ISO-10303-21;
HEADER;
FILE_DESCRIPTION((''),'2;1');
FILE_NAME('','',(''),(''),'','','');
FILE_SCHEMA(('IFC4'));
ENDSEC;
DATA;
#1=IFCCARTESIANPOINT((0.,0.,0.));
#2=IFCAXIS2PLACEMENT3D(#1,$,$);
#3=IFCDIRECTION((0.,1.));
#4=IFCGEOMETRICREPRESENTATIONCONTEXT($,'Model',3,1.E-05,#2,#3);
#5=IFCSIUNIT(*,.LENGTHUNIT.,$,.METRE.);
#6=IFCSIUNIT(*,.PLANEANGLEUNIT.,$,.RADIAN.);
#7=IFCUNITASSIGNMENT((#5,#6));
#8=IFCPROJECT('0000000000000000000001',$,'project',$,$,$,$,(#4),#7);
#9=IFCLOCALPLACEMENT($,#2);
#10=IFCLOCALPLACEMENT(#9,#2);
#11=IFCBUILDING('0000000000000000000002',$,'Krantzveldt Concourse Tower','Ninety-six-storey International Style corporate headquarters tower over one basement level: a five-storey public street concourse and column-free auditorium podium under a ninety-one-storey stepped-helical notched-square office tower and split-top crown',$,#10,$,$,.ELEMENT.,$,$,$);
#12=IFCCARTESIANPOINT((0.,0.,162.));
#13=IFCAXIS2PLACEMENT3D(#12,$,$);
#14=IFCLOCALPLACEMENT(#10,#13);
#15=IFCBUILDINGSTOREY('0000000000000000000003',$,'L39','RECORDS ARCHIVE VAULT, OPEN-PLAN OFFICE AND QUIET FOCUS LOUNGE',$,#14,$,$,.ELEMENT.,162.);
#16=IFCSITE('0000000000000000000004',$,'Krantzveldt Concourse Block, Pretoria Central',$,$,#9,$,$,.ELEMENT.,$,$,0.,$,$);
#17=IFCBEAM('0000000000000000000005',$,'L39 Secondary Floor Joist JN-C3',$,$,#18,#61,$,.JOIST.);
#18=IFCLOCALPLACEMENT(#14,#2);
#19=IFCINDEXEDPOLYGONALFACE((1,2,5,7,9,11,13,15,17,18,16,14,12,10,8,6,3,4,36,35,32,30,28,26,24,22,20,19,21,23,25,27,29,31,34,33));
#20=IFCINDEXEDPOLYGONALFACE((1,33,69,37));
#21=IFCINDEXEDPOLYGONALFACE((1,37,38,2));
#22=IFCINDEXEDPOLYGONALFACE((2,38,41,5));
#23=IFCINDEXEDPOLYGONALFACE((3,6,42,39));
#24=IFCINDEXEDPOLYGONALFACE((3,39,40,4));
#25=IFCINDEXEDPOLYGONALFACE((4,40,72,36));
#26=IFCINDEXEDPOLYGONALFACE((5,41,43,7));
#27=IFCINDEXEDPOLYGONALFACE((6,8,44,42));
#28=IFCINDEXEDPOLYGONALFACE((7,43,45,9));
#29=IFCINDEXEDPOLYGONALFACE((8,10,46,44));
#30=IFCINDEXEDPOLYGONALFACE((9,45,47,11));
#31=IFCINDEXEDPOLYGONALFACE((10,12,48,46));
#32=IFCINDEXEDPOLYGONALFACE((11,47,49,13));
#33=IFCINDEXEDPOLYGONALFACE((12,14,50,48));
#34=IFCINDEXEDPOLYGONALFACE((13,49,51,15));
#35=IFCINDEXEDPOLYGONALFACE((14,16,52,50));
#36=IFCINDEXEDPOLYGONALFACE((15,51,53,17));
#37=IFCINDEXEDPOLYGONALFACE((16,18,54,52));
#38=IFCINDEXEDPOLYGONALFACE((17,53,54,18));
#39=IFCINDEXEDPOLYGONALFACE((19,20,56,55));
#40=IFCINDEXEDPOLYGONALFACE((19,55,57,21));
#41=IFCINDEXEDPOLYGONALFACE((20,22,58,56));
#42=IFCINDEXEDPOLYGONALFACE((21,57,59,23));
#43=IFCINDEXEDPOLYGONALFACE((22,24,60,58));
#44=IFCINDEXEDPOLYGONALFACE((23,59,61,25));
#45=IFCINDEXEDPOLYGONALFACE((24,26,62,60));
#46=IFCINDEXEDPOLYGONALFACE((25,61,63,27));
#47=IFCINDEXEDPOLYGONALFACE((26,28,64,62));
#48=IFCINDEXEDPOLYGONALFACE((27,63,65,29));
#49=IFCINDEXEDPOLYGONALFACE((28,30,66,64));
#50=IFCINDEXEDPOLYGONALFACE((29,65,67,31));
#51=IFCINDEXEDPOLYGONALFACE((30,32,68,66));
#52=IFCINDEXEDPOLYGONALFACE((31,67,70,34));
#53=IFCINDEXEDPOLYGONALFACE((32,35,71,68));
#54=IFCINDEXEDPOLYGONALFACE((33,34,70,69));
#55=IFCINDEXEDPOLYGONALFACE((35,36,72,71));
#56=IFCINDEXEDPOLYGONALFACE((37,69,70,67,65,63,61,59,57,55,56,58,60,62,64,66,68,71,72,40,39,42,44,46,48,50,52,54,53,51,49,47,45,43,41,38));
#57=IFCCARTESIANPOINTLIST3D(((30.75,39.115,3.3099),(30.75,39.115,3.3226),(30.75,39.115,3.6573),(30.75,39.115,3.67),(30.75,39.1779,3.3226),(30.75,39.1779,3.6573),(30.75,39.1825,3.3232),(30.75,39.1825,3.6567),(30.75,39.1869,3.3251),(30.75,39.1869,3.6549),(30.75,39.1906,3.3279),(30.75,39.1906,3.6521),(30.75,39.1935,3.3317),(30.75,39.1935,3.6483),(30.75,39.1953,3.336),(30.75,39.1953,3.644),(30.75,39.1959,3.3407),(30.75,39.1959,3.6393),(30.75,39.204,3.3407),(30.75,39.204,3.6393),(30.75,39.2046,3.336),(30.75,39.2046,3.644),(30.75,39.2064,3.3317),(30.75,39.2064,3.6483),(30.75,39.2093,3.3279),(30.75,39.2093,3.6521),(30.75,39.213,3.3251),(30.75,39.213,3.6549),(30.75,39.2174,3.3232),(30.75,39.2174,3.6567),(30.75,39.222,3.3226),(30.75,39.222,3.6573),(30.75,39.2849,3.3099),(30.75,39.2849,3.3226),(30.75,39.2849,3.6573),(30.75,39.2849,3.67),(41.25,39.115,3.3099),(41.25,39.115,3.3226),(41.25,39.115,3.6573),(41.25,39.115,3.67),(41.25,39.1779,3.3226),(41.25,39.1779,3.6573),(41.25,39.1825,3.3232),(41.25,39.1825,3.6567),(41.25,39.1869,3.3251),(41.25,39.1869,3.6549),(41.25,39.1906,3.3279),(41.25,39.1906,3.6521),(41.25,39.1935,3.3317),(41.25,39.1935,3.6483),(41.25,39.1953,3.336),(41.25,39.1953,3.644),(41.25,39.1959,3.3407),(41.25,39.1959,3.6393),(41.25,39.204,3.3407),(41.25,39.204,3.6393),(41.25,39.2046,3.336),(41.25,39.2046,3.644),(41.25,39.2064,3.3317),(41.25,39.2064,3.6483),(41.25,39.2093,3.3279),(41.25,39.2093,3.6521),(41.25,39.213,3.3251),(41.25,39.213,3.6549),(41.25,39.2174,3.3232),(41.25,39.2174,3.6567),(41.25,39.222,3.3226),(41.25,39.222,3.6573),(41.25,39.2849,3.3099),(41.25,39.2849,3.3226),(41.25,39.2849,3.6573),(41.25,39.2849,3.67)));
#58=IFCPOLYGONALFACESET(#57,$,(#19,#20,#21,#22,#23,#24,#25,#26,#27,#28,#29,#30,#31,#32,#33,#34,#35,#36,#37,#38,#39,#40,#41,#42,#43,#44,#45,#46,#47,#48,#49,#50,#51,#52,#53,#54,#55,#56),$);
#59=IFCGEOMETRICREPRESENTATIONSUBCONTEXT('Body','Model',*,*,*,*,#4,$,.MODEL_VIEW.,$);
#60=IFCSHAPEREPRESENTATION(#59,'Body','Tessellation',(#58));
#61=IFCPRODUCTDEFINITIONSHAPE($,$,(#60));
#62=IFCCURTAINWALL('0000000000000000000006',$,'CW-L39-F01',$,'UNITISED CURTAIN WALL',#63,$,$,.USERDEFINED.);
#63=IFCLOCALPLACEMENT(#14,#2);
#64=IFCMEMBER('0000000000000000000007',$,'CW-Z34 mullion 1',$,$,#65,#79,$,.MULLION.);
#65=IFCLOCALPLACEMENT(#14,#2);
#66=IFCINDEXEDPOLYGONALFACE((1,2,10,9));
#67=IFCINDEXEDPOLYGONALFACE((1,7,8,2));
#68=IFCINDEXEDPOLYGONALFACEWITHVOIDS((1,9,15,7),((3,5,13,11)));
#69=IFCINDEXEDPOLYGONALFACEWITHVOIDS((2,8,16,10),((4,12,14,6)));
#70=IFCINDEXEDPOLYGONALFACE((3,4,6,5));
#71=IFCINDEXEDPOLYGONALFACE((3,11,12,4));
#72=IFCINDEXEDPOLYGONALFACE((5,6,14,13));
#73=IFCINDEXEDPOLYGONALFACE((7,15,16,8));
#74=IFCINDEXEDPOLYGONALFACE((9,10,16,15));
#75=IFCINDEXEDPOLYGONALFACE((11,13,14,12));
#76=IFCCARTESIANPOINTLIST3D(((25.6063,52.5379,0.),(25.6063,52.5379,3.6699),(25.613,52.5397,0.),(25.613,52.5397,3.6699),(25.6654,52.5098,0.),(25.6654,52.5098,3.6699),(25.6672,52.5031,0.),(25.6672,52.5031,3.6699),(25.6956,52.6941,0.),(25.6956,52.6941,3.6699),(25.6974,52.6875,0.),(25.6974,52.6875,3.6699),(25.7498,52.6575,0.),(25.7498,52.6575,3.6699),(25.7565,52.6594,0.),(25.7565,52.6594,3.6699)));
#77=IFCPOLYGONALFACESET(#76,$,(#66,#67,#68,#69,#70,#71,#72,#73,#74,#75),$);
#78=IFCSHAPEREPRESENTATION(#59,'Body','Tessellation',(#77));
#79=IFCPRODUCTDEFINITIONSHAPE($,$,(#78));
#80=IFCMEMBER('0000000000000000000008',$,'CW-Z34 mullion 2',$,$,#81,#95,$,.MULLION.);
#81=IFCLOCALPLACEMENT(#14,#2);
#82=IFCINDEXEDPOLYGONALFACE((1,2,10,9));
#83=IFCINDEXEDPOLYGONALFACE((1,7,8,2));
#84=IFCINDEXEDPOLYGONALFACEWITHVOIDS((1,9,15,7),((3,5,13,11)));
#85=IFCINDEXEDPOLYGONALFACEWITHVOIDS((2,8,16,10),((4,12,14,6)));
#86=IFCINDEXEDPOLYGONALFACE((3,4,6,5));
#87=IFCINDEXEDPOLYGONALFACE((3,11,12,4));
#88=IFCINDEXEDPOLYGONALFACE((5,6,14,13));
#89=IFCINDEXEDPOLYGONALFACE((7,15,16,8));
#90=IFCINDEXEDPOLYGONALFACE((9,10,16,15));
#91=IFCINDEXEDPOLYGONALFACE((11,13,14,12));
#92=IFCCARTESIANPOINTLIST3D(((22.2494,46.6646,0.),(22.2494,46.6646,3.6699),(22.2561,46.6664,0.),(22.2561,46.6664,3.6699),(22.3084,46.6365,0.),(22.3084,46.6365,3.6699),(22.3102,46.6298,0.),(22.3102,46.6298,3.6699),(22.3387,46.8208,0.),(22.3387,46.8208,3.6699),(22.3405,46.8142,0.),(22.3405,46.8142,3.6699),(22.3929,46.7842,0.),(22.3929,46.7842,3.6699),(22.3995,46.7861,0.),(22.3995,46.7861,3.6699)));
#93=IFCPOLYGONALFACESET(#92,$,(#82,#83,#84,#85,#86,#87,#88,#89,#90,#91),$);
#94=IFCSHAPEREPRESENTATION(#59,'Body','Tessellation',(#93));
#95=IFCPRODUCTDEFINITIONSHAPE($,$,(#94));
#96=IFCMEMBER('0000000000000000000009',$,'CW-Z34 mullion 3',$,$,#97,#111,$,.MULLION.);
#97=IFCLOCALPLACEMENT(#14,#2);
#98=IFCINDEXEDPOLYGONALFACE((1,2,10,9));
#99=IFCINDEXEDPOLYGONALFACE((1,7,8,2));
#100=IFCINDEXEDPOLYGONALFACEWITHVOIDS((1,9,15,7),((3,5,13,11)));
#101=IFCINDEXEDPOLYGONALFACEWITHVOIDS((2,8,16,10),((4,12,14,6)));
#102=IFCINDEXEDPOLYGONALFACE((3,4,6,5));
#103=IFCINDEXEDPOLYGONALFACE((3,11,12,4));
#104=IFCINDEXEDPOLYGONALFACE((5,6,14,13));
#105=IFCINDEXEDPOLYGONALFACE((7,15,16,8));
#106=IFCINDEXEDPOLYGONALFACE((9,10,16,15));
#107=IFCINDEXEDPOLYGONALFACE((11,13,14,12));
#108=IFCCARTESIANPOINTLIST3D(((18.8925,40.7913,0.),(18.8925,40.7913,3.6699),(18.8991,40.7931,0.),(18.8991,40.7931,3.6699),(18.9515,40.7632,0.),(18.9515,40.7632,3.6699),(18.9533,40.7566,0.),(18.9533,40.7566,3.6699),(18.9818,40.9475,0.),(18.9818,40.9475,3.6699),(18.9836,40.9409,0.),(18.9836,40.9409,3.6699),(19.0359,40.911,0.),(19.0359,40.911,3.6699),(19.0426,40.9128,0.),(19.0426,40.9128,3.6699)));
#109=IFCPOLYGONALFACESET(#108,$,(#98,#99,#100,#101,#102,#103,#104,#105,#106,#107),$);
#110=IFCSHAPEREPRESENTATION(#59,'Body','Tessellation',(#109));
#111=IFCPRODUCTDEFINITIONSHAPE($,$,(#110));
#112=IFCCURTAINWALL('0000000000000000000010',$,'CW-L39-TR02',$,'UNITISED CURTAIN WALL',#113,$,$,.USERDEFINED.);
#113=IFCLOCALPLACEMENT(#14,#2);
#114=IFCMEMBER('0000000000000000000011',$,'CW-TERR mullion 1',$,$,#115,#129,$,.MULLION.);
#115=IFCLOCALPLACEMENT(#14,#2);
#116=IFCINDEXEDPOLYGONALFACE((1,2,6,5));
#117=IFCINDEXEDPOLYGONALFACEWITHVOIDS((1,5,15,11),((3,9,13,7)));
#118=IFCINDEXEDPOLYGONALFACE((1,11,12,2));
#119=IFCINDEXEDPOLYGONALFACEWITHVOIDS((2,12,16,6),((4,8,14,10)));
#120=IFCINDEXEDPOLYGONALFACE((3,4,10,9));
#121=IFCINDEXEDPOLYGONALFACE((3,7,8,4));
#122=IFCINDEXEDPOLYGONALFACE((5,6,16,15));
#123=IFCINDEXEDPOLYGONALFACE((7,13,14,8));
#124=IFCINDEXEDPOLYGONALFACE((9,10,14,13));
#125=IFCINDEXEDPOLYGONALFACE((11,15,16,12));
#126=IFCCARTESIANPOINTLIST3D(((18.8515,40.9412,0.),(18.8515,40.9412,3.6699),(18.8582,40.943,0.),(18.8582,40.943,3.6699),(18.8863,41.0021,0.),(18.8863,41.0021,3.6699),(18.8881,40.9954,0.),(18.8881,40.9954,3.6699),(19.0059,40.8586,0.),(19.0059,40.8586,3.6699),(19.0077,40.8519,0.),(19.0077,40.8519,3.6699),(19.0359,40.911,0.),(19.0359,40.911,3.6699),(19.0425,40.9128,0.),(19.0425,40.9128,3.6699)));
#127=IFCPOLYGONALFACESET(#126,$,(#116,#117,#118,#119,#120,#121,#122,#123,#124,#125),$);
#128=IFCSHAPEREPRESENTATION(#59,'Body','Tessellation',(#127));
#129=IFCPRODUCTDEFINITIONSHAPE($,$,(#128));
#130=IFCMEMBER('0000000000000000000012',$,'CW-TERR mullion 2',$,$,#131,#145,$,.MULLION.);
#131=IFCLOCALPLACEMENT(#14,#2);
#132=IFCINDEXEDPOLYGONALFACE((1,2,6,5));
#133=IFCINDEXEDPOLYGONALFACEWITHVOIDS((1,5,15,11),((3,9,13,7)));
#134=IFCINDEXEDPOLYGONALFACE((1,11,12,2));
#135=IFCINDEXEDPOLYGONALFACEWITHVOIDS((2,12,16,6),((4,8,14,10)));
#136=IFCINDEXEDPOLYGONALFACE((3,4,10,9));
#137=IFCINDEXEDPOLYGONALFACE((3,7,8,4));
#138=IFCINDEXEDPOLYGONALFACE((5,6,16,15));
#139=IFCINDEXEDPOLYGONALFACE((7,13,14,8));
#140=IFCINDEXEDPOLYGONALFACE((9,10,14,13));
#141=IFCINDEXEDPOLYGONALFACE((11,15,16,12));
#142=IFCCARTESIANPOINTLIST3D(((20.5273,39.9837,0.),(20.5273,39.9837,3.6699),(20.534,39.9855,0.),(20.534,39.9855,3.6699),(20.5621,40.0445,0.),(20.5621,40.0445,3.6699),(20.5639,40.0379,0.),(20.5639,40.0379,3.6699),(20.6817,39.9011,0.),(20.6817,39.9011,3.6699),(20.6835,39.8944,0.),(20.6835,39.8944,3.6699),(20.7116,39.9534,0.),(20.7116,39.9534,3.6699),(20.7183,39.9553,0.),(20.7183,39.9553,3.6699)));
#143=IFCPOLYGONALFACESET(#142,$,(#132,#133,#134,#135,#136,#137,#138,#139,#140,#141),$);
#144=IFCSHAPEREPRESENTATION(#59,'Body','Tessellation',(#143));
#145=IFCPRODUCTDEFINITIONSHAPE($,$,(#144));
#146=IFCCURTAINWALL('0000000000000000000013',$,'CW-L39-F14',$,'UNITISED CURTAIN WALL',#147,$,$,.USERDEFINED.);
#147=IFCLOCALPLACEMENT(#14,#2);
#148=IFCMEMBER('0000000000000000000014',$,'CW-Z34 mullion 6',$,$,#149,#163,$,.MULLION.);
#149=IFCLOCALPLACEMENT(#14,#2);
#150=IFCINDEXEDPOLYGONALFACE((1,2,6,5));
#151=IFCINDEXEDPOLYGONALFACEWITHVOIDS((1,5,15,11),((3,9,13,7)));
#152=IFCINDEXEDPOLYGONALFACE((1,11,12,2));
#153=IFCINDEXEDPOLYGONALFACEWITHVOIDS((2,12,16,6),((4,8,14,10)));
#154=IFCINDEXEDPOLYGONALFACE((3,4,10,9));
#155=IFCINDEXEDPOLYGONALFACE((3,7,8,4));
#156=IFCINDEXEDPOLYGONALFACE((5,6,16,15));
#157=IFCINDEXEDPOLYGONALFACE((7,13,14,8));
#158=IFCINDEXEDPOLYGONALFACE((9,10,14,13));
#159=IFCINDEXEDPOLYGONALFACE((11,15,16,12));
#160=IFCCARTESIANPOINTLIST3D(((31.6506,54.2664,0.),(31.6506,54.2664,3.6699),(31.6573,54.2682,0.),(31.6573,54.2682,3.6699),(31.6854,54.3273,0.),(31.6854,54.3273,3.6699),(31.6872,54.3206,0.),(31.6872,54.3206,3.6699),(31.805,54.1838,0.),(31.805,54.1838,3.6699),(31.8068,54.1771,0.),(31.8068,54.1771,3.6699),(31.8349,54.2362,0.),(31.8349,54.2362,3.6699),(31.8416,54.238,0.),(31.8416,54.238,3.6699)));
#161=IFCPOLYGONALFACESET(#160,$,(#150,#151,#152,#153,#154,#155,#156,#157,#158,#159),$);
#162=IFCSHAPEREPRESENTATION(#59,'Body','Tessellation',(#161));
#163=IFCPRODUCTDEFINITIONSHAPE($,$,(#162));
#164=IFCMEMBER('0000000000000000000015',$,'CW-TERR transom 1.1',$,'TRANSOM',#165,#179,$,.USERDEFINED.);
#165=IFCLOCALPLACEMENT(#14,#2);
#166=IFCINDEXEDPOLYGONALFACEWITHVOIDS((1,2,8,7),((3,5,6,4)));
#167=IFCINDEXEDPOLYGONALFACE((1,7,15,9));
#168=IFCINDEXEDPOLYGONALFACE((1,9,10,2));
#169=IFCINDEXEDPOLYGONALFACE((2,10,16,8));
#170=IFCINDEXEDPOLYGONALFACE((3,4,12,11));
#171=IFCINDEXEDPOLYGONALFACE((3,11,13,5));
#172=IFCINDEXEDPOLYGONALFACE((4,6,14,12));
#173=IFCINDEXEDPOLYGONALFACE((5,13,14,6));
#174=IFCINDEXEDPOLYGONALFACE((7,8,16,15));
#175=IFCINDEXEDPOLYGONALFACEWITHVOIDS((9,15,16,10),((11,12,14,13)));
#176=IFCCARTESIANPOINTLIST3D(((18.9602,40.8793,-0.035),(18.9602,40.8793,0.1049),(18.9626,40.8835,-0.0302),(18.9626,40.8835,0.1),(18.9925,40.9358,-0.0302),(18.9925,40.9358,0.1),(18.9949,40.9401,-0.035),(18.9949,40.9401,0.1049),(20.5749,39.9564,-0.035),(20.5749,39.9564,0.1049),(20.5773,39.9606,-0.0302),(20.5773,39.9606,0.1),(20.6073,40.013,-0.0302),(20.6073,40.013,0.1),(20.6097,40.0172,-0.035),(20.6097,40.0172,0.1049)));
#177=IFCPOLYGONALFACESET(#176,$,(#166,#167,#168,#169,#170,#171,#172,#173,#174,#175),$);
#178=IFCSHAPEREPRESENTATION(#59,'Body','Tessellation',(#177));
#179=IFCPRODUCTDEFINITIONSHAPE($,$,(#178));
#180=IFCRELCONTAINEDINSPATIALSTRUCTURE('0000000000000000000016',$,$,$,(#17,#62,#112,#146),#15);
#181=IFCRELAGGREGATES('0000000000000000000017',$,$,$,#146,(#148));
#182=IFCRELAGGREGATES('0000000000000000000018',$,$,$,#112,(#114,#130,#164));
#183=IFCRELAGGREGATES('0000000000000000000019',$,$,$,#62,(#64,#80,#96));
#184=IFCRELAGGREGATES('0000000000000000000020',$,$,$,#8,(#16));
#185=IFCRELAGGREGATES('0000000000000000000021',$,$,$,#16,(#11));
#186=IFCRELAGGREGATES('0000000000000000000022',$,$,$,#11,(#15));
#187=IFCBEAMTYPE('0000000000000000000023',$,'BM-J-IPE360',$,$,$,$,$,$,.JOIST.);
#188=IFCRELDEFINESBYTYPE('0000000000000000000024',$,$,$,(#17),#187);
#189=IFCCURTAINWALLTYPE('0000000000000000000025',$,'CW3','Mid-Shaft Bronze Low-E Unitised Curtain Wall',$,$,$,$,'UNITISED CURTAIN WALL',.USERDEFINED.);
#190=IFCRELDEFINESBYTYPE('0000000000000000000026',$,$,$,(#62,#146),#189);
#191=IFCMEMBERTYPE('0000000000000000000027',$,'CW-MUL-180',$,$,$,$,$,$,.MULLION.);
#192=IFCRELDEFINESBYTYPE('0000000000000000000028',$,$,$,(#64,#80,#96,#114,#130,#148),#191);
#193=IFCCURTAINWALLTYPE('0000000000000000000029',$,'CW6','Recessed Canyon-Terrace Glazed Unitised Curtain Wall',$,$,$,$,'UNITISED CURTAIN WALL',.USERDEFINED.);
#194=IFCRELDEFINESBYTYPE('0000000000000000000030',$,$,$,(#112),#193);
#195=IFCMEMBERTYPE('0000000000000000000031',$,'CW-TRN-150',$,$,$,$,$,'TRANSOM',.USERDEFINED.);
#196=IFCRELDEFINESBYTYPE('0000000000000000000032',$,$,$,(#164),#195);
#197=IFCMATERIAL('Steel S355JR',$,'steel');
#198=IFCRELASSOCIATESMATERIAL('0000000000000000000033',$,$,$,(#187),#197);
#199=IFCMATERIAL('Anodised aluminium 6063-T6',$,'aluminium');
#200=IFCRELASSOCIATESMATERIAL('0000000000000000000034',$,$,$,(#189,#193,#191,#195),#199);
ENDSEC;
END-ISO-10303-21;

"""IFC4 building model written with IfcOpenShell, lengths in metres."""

from ifc_helpers import new_model, si_unit, direction, frame, origin, origin_2d, place, context, subcontext, project, spatial, hollow_rectangle, i_section, extrude, source, transform, mapped, material, material_profile, profile_set, type_object, type_shapes, element, aggregate, save


model = new_model("IFC4")

# Units and contexts
model_context = context("Model", 3, precision=1e-05, world=origin(), true_north=direction((0.0, 1.0)))
body_context = subcontext(model_context, "Body", "Model", "MODEL_VIEW")
ifc_project = project(units=[si_unit("LENGTHUNIT", "METRE"), si_unit("PLANEANGLEUNIT", "RADIAN")], contexts=[model_context])

# Site, building, storey
site_placement = place(None, origin())
site = spatial("IfcSite", under=ifc_project, at=site_placement, Name="Krantzveldt Concourse Block, Pretoria Central", CompositionType="ELEMENT", RefElevation=0.0)
building_placement = place(site_placement, origin())
building = spatial("IfcBuilding", under=site, at=building_placement, Name="Krantzveldt Concourse Tower", Description="Ninety-six-storey International Style corporate headquarters tower over one basement level: a five-storey public street concourse and column-free auditorium podium under a ninety-one-storey stepped-helical notched-square office tower and split-top crown", CompositionType="ELEMENT")
storey_placement = place(building_placement, frame((0.0, 0.0, 162.0)))
storey = spatial("IfcBuildingStorey", under=building, at=storey_placement, Name="L39", Description="RECORDS ARCHIVE VAULT, OPEN-PLAN OFFICE AND QUIET FOCUS LOUNGE", CompositionType="ELEMENT", Elevation=162.0)

# Beam
ifc_material_1 = material(Name="Steel S355JR", Category="steel")
ifc_material_profile_1 = material_profile(ifc_material_1, i_section(OverallWidth=0.1699, OverallDepth=0.3601, WebThickness=0.0081, FlangeThickness=0.0127, FilletRadius=0.0181, at=origin_2d()), Name="Steel S355JR", Category="steel")
ifc_profile_set_1 = profile_set([ifc_material_profile_1], Name="Steel S355JR - IPE 360")
beam_type_1 = type_object("IfcBeamType", Name="BM-J-IPE360", PredefinedType="JOIST", material=ifc_profile_set_1)
shared_shape_1 = source(origin(), body_context, "Body", "SweptSolid", [
    extrude(i_section(OverallWidth=0.1699, OverallDepth=0.3601, WebThickness=0.0081, FlangeThickness=0.0127, FilletRadius=0.0181, at=origin_2d()), origin(), (0.0, 0.0, 1.0), 10.5),
])
type_shapes(beam_type_1, [shared_shape_1])
beam_1_placement = place(storey_placement, frame((30.75, 39.2, 3.49), z_axis=(1.0, 0.0, 0.0), x_axis=(0.0, 1.0, 0.0)))
element("IfcBeam", 1, at=beam_1_placement, inside=storey, type_object=beam_type_1, Name="L39 Secondary Floor Joist JN-C3", PredefinedType="JOIST", context=body_context, shape_type="MappedRepresentation", body=[
    mapped(shared_shape_1, transform((0.0, 0.0, 0.0), x_axis=(1.0, 0.0, 0.0), y_axis=(0.0, 1.0, 0.0), z_axis=(0.0, 0.0, 1.0), scale=1.0)),
])

# Curtain walls, members
ifc_material_2 = material(Name="Anodised aluminium 6063-T6", Category="aluminium")
curtain_wall_type_1 = type_object("IfcCurtainWallType", Name="CW3", Description="Mid-Shaft Bronze Low-E Unitised Curtain Wall", ElementType="UNITISED CURTAIN WALL", PredefinedType="USERDEFINED", material=ifc_material_2)
curtain_wall_1_placement = place(storey_placement, origin())
curtain_wall_1 = element("IfcCurtainWall", 2, at=curtain_wall_1_placement, inside=storey, type_object=curtain_wall_type_1, Name="CW-L39-F01", ObjectType="UNITISED CURTAIN WALL", PredefinedType="USERDEFINED")
ifc_material_profile_2 = material_profile(ifc_material_2, hollow_rectangle(XDim=0.0701, YDim=0.1799, WallThickness=0.0049, at=origin_2d()), Name="Anodised aluminium 6063-T6", Category="aluminium")
ifc_profile_set_2 = profile_set([ifc_material_profile_2], Name="Anodised aluminium 6063-T6 - ALU-MULL 180x70x5")
member_type_1 = type_object("IfcMemberType", Name="CW-MUL-180", PredefinedType="MULLION", material=ifc_profile_set_2)
shared_shape_2 = source(origin(), body_context, "Body", "SweptSolid", [
    extrude(hollow_rectangle(XDim=0.0701, YDim=0.1799, WallThickness=0.0049, at=origin_2d()), origin(), (0.0, 0.0, 1.0), 3.6699),
])
type_shapes(member_type_1, [shared_shape_2])
member_1_placement = place(storey_placement, frame((25.6814, 52.5986, 0.0), z_axis=(0.0, 0.0, 1.0), x_axis=(0.868199, -0.496216, 0.0)))
member_1 = element("IfcMember", 3, at=member_1_placement, type_object=member_type_1, Name="CW-Z34 mullion 1", PredefinedType="MULLION", context=body_context, shape_type="MappedRepresentation", body=[
    mapped(shared_shape_2, transform((0.0, 0.0, 0.0), x_axis=(1.0, 0.0, 0.0), y_axis=(0.0, 1.0, 0.0), z_axis=(0.0, 0.0, 1.0), scale=1.0)),
])
member_2_placement = place(storey_placement, frame((22.3245, 46.7253, 0.0), z_axis=(0.0, 0.0, 1.0), x_axis=(0.868199, -0.496216, 0.0)))
member_2 = element("IfcMember", 4, at=member_2_placement, type_object=member_type_1, Name="CW-Z34 mullion 2", PredefinedType="MULLION", context=body_context, shape_type="MappedRepresentation", body=[
    mapped(shared_shape_2, transform((0.0, 0.0, 0.0), x_axis=(1.0, 0.0, 0.0), y_axis=(0.0, 1.0, 0.0), z_axis=(0.0, 0.0, 1.0), scale=1.0)),
])
member_3_placement = place(storey_placement, frame((18.9675, 40.8521, 0.0), z_axis=(0.0, 0.0, 1.0), x_axis=(0.868199, -0.496216, 0.0)))
member_3 = element("IfcMember", 5, at=member_3_placement, type_object=member_type_1, Name="CW-Z34 mullion 3", PredefinedType="MULLION", context=body_context, shape_type="MappedRepresentation", body=[
    mapped(shared_shape_2, transform((0.0, 0.0, 0.0), x_axis=(1.0, 0.0, 0.0), y_axis=(0.0, 1.0, 0.0), z_axis=(0.0, 0.0, 1.0), scale=1.0)),
])
curtain_wall_type_2 = type_object("IfcCurtainWallType", Name="CW6", Description="Recessed Canyon-Terrace Glazed Unitised Curtain Wall", ElementType="UNITISED CURTAIN WALL", PredefinedType="USERDEFINED", material=ifc_material_2)
curtain_wall_2_placement = place(storey_placement, origin())
curtain_wall_2 = element("IfcCurtainWall", 6, at=curtain_wall_2_placement, inside=storey, type_object=curtain_wall_type_2, Name="CW-L39-TR02", ObjectType="UNITISED CURTAIN WALL", PredefinedType="USERDEFINED")
member_4_placement = place(storey_placement, frame((18.947, 40.927, 0.0), z_axis=(0.0, 0.0, 1.0), x_axis=(0.496219, 0.868198, 0.0)))
member_4 = element("IfcMember", 7, at=member_4_placement, type_object=member_type_1, Name="CW-TERR mullion 1", PredefinedType="MULLION", context=body_context, shape_type="MappedRepresentation", body=[
    mapped(shared_shape_2, transform((0.0, 0.0, 0.0), x_axis=(1.0, 0.0, 0.0), y_axis=(0.0, 1.0, 0.0), z_axis=(0.0, 0.0, 1.0), scale=1.0)),
])
member_5_placement = place(storey_placement, frame((20.6228, 39.9695, 0.0), z_axis=(0.0, 0.0, 1.0), x_axis=(0.496219, 0.868198, 0.0)))
member_5 = element("IfcMember", 8, at=member_5_placement, type_object=member_type_1, Name="CW-TERR mullion 2", PredefinedType="MULLION", context=body_context, shape_type="MappedRepresentation", body=[
    mapped(shared_shape_2, transform((0.0, 0.0, 0.0), x_axis=(1.0, 0.0, 0.0), y_axis=(0.0, 1.0, 0.0), z_axis=(0.0, 0.0, 1.0), scale=1.0)),
])

# Curtain wall, member
curtain_wall_3_placement = place(storey_placement, origin())
curtain_wall_3 = element("IfcCurtainWall", 9, at=curtain_wall_3_placement, inside=storey, type_object=curtain_wall_type_1, Name="CW-L39-F14", ObjectType="UNITISED CURTAIN WALL", PredefinedType="USERDEFINED")
member_6_placement = place(storey_placement, frame((31.7461, 54.2522, 0.0), z_axis=(0.0, 0.0, 1.0), x_axis=(-0.496216, -0.868199, 0.0)))
member_6 = element("IfcMember", 10, at=member_6_placement, type_object=member_type_1, Name="CW-Z34 mullion 6", PredefinedType="MULLION", context=body_context, shape_type="MappedRepresentation", body=[
    mapped(shared_shape_2, transform((0.0, 0.0, 0.0), x_axis=(1.0, 0.0, 0.0), y_axis=(0.0, 1.0, 0.0), z_axis=(0.0, 0.0, 1.0), scale=1.0)),
])
aggregate(curtain_wall_3, [member_6])

# Member
ifc_material_profile_3 = material_profile(ifc_material_2, hollow_rectangle(XDim=0.0701, YDim=0.1399, WallThickness=0.0049, at=origin_2d()), Name="Anodised aluminium 6063-T6", Category="aluminium")
ifc_profile_set_3 = profile_set([ifc_material_profile_3], Name="Anodised aluminium 6063-T6 - ALU-TRAN 140x70x5")
member_type_2 = type_object("IfcMemberType", Name="CW-TRN-150", ElementType="TRANSOM", PredefinedType="USERDEFINED", material=ifc_profile_set_3)
shared_shape_3 = source(origin(), body_context, "Body", "SweptSolid", [
    extrude(hollow_rectangle(XDim=0.0701, YDim=0.1399, WallThickness=0.0049, at=origin_2d()), origin(), (0.0, 0.0, 1.0), 1.8599),
])
member_7_placement = place(storey_placement, frame((18.9775, 40.9097, 0.0349), z_axis=(0.868211, -0.496195, 0.0), x_axis=(0.496195, 0.868211, 0.0)))
member_7 = element("IfcMember", 11, at=member_7_placement, type_object=member_type_2, Name="CW-TERR transom 1.1", ObjectType="TRANSOM", PredefinedType="USERDEFINED", context=body_context, shape_type="MappedRepresentation", body=[
    mapped(shared_shape_3, transform((0.0, 0.0, 0.0), x_axis=(1.0, 0.0, 0.0), y_axis=(0.0, 1.0, 0.0), z_axis=(0.0, 0.0, 1.0), scale=1.0)),
])

aggregate(curtain_wall_2, [member_4, member_5, member_7])
aggregate(curtain_wall_1, [member_1, member_2, member_3])

save(model, "model.ifc")
